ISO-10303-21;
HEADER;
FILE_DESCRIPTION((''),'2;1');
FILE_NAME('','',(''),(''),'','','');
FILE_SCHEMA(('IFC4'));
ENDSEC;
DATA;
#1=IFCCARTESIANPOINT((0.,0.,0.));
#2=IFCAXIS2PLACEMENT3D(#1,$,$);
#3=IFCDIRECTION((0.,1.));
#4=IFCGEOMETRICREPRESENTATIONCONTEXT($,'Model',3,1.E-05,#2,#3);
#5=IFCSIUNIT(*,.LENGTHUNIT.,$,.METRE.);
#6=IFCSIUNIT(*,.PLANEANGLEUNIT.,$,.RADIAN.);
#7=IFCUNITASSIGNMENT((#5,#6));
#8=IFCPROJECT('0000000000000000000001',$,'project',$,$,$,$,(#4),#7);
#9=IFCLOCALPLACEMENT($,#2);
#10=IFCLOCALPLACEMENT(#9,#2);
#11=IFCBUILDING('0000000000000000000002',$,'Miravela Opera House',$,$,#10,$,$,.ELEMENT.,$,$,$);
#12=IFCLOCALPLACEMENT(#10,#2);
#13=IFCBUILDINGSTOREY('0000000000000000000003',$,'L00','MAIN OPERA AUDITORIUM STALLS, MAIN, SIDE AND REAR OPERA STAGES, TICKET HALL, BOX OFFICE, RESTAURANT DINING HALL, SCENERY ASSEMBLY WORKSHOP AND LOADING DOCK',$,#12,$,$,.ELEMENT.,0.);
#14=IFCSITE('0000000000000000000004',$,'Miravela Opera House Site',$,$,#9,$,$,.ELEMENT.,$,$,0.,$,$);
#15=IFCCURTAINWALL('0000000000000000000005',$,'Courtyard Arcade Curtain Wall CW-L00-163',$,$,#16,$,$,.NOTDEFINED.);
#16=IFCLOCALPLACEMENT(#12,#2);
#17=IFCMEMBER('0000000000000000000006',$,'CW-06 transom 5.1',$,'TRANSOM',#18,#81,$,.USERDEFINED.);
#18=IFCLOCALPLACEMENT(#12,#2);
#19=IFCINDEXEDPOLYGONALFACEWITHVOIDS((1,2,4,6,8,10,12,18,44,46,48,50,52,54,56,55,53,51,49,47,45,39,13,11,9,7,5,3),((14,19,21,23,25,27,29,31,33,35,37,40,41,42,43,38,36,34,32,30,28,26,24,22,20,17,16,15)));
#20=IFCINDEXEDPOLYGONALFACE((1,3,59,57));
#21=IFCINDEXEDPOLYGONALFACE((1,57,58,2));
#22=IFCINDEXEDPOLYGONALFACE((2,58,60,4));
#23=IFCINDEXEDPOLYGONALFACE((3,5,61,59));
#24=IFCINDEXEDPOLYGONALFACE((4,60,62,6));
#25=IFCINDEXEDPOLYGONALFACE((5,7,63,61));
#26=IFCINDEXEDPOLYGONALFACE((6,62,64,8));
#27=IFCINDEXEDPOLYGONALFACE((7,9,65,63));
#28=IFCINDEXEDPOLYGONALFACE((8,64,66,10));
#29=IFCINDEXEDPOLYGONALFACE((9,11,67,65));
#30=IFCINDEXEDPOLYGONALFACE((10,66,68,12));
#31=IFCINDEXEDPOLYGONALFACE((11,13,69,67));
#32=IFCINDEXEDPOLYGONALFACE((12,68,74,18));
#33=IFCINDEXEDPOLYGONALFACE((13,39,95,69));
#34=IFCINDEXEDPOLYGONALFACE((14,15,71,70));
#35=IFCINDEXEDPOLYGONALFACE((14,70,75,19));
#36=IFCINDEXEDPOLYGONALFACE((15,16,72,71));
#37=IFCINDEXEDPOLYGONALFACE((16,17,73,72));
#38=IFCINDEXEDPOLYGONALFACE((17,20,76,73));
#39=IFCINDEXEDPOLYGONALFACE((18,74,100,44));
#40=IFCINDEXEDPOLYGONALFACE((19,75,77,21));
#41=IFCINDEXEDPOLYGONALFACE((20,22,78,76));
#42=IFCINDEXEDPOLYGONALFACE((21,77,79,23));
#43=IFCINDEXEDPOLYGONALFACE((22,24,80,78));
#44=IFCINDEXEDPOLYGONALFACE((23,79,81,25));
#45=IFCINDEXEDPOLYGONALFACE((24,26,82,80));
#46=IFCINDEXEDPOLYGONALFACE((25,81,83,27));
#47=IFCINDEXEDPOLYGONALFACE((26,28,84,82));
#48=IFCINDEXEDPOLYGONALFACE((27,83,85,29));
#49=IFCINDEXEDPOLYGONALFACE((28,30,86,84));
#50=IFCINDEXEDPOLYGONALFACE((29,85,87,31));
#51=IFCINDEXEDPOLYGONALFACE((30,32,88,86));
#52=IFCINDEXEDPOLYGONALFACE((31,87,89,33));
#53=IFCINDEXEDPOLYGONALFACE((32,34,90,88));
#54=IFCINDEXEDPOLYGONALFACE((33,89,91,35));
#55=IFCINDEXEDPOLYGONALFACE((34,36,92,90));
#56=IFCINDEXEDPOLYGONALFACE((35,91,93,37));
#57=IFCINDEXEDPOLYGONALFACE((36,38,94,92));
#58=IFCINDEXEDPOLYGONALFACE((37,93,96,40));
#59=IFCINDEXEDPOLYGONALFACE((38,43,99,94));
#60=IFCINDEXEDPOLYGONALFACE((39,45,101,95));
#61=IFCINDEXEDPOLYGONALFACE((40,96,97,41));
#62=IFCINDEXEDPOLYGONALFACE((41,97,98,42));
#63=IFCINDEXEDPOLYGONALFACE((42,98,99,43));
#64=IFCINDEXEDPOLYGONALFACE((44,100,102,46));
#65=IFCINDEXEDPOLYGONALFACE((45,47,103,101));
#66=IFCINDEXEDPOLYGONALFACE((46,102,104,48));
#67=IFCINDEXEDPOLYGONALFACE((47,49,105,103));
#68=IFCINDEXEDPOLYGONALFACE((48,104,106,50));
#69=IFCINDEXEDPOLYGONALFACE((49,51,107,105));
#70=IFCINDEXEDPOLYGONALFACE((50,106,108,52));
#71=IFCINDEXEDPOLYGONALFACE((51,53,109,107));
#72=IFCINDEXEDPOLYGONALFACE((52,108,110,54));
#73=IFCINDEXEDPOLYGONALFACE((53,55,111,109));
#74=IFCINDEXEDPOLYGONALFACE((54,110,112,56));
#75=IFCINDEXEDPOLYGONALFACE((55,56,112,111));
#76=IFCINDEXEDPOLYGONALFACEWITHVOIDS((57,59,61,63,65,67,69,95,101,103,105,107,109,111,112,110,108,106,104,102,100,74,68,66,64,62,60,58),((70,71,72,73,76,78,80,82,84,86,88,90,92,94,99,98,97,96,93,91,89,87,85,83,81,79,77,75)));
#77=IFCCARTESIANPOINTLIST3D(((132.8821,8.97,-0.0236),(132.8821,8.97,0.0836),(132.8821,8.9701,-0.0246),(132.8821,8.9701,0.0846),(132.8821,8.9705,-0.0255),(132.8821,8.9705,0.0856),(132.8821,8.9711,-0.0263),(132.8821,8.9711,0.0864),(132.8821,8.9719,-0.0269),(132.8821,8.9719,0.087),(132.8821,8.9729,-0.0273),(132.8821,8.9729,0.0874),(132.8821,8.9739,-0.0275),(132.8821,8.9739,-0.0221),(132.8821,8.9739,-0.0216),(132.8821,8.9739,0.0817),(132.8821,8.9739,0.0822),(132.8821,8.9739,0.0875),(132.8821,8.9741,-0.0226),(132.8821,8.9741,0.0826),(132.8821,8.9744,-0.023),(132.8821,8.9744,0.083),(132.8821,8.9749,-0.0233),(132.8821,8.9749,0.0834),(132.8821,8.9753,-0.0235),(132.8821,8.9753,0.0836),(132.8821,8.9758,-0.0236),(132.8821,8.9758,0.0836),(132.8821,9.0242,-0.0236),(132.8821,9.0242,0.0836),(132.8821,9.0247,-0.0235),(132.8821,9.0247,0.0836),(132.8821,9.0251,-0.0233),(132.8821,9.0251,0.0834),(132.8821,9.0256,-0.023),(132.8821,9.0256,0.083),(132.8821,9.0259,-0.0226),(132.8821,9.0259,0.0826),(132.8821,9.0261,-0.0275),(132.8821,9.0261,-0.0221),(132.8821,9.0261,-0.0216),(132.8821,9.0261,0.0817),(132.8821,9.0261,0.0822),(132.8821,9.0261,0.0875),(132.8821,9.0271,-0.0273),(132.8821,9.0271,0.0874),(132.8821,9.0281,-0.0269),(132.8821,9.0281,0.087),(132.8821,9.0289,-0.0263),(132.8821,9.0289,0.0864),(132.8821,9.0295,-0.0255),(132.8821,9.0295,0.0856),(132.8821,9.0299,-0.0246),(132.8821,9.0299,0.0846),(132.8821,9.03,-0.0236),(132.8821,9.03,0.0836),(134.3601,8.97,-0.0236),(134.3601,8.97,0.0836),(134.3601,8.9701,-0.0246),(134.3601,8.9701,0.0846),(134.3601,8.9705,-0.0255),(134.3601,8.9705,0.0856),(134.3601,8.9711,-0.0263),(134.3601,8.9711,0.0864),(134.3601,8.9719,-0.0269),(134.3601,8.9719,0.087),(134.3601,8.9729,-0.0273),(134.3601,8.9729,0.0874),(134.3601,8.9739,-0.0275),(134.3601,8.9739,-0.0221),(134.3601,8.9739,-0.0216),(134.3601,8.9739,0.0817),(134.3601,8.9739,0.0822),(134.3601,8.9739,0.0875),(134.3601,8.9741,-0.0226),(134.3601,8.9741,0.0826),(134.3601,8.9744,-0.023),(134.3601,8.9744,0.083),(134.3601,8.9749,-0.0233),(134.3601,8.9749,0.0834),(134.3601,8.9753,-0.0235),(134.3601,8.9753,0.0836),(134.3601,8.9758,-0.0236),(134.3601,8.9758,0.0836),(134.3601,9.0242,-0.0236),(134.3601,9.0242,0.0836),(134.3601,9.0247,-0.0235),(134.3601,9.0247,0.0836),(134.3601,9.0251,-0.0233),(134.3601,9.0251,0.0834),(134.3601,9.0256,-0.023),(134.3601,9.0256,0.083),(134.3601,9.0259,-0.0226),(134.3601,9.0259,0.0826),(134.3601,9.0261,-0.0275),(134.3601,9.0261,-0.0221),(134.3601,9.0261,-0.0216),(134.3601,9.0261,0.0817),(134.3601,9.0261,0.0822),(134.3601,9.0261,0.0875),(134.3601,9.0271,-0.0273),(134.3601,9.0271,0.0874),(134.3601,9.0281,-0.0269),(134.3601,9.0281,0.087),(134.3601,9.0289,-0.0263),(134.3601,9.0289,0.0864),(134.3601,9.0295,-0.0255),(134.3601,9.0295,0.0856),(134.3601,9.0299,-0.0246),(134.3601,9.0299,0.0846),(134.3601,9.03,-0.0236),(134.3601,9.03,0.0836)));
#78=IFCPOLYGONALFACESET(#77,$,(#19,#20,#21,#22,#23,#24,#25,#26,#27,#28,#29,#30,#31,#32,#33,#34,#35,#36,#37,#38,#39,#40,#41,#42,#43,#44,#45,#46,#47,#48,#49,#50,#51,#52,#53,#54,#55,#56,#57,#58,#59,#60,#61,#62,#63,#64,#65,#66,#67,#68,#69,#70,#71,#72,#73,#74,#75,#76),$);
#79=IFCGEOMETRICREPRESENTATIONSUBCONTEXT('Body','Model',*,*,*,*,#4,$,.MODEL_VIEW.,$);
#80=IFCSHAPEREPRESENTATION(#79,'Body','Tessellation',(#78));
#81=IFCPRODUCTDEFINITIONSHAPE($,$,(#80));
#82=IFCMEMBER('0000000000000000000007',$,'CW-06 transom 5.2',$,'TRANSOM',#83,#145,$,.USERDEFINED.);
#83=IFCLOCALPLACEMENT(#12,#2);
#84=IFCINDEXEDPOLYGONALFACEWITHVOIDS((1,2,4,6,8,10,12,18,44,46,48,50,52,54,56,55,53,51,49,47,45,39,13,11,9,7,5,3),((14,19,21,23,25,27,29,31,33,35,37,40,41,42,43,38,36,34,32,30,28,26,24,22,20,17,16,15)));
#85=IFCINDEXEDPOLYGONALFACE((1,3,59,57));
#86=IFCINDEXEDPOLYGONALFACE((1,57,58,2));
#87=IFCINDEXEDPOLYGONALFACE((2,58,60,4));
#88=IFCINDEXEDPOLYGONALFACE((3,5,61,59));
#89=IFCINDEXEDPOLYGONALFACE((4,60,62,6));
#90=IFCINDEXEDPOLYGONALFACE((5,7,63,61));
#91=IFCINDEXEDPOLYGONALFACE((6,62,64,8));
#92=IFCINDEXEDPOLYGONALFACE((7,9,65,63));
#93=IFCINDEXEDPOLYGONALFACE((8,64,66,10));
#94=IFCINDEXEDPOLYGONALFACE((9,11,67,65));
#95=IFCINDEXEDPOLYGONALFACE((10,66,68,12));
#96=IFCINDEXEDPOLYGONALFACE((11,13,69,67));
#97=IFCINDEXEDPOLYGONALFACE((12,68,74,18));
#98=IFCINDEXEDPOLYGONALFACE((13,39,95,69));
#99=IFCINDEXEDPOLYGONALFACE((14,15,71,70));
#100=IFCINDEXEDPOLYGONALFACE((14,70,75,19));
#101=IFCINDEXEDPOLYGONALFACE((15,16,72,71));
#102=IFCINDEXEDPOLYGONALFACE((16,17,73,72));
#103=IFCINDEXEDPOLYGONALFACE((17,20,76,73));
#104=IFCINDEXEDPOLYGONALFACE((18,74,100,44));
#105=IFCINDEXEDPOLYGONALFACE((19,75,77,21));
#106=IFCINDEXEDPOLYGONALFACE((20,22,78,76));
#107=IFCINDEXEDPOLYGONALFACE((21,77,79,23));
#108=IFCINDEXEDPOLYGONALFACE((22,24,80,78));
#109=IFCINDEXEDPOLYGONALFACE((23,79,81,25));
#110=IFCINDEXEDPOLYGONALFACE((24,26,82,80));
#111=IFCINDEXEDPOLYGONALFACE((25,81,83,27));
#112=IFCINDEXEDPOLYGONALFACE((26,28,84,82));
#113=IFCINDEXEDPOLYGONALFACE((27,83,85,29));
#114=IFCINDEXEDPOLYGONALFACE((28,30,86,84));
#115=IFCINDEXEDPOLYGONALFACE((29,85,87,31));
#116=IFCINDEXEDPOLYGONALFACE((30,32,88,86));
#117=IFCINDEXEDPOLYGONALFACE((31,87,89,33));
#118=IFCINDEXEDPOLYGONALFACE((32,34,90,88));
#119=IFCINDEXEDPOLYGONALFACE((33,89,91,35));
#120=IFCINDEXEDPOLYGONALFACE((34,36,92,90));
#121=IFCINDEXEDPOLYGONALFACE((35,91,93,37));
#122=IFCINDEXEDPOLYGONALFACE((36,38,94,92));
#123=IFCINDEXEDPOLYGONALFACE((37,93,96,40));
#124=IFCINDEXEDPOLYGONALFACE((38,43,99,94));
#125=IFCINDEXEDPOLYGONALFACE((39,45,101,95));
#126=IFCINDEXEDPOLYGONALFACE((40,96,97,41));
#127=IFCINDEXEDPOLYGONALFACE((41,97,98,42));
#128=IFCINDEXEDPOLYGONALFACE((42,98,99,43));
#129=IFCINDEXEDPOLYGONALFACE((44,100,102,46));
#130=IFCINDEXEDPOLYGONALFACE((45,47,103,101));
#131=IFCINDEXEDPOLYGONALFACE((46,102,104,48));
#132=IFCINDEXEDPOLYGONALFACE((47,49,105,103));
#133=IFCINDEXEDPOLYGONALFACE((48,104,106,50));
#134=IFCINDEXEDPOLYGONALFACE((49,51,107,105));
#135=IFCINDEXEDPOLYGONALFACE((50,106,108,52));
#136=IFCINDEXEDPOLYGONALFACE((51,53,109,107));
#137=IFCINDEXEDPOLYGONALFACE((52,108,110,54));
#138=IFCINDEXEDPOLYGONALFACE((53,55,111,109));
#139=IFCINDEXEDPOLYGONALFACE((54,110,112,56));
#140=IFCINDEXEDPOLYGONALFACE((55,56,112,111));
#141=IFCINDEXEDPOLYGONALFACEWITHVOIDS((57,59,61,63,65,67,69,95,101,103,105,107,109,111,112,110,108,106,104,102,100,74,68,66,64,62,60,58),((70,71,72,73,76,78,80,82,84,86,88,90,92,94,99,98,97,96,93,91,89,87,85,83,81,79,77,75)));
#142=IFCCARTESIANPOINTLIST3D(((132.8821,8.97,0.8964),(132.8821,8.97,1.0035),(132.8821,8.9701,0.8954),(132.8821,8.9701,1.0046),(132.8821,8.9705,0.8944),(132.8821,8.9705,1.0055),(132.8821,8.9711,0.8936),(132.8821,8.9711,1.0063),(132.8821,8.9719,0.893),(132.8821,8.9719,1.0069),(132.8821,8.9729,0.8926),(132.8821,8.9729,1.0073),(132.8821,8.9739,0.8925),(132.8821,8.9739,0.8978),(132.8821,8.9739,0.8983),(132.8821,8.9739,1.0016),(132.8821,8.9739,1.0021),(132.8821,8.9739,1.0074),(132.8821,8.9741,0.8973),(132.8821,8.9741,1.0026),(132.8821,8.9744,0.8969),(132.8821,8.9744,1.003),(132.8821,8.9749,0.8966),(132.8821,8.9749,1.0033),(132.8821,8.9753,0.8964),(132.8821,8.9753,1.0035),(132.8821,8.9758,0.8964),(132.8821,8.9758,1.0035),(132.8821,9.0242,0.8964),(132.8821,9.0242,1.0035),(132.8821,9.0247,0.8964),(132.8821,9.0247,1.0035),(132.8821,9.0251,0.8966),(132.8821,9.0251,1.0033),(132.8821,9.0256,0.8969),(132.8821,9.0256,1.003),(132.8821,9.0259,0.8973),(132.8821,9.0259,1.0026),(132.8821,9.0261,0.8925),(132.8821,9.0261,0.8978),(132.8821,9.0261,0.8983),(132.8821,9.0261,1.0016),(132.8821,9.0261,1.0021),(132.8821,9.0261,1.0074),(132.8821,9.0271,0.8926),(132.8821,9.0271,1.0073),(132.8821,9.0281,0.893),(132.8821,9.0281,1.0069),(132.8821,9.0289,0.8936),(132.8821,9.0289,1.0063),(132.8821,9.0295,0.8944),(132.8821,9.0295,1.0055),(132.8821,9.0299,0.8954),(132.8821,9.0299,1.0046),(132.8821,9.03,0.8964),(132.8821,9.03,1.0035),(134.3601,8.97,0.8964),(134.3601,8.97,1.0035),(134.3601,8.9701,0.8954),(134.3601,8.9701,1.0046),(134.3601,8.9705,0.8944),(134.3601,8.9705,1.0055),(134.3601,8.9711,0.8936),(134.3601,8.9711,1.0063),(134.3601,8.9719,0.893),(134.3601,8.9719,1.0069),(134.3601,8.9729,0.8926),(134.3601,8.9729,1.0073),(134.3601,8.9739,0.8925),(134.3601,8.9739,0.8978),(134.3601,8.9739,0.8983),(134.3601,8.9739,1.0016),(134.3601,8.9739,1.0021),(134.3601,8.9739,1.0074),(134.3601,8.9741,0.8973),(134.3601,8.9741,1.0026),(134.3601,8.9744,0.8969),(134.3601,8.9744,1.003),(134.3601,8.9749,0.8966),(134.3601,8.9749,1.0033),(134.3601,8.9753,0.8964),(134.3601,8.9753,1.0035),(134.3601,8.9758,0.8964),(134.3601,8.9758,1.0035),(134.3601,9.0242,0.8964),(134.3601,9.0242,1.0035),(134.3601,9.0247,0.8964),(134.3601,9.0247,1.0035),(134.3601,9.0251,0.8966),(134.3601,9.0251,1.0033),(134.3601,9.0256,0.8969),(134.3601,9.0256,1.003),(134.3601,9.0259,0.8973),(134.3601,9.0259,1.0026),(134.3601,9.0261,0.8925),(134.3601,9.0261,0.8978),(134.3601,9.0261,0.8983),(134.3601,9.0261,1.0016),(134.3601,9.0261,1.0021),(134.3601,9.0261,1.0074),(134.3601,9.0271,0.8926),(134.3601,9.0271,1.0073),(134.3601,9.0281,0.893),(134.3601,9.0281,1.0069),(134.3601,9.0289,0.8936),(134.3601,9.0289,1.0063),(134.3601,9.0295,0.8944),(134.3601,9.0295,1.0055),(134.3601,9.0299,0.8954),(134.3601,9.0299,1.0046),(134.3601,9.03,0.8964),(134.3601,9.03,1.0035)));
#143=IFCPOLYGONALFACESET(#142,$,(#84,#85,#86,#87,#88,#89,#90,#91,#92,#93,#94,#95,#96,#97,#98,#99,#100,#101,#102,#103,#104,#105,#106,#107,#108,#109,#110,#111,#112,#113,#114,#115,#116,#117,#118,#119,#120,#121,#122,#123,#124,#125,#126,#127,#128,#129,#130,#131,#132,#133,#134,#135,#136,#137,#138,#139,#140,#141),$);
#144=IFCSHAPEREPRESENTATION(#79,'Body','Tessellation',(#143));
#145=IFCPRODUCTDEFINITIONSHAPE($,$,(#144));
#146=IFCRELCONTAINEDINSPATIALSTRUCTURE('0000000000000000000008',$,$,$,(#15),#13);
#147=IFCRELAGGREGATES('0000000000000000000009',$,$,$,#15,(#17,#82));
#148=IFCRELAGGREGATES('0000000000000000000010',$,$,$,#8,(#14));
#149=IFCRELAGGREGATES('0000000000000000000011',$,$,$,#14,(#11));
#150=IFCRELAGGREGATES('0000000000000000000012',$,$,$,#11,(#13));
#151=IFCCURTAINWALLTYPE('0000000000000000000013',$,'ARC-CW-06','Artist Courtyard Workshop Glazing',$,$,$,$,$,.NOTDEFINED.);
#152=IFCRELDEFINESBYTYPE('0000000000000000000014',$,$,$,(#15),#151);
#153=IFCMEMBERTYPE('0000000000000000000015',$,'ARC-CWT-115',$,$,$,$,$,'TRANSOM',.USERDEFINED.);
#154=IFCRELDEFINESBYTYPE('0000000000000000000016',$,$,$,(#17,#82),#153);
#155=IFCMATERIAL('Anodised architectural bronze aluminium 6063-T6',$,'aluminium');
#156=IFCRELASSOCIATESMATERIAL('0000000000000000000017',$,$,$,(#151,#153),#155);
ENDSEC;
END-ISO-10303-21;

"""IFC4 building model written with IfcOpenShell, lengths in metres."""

from ifc_helpers import new_model, si_unit, direction, frame, origin, origin_2d, place, context, subcontext, project, spatial, hollow_rectangle, extrude, material, material_profile, profile_set, type_object, element, aggregate, save


model = new_model("IFC4")

# Units and contexts
model_context = context("Model", 3, precision=1e-05, world=origin(), true_north=direction((0.0, 1.0)))
body_context = subcontext(model_context, "Body", "Model", "MODEL_VIEW")
ifc_project = project(units=[si_unit("LENGTHUNIT", "METRE"), si_unit("PLANEANGLEUNIT", "RADIAN")], contexts=[model_context])

# Site, building, storey
site_placement = place(None, origin())
site = spatial("IfcSite", under=ifc_project, at=site_placement, Name="Miravela Opera House Site", CompositionType="ELEMENT", RefElevation=0.0)
building_placement = place(site_placement, origin())
building = spatial("IfcBuilding", under=site, at=building_placement, Name="Miravela Opera House", CompositionType="ELEMENT")
storey_placement = place(building_placement, origin())
storey = spatial("IfcBuildingStorey", under=building, at=storey_placement, Name="L00", Description="MAIN OPERA AUDITORIUM STALLS, MAIN, SIDE AND REAR OPERA STAGES, TICKET HALL, BOX OFFICE, RESTAURANT DINING HALL, SCENERY ASSEMBLY WORKSHOP AND LOADING DOCK", CompositionType="ELEMENT", Elevation=0.0)

# Shared definitions
ifc_material_1 = material(Name="Anodised architectural bronze aluminium 6063-T6", Category="aluminium")
curtain_wall_type = type_object("IfcCurtainWallType", Name="ARC-CW-06", Description="Artist Courtyard Workshop Glazing", PredefinedType="NOTDEFINED", material=ifc_material_1)

# Curtain wall
curtain_wall_1_placement = place(storey_placement, origin())
curtain_wall_1 = element("IfcCurtainWall", 1, at=curtain_wall_1_placement, inside=storey, type_object=curtain_wall_type, Name="Courtyard Arcade Curtain Wall CW-L00-163", PredefinedType="NOTDEFINED")

# Members
ifc_material_profile_1 = material_profile(ifc_material_1, hollow_rectangle(XDim=0.0601, YDim=0.115, WallThickness=0.0039, InnerFilletRadius=0.002, OuterFilletRadius=0.0039, at=origin_2d()), Name="CWT-60X115")
ifc_profile_set_1 = profile_set([ifc_material_profile_1])
member_type_1 = type_object("IfcMemberType", Name="ARC-CWT-115", ElementType="TRANSOM", PredefinedType="USERDEFINED", material=ifc_profile_set_1)
member_1_placement = place(storey_placement, frame((132.8821, 9.0, 0.03), z_axis=(1.0, 0.0, 0.0), x_axis=(0.0, 1.0, 0.0)))
member_1 = element("IfcMember", 2, at=member_1_placement, type_object=member_type_1, Name="CW-06 transom 5.1", ObjectType="TRANSOM", PredefinedType="USERDEFINED", context=body_context, shape_type="SweptSolid", body=[
    extrude(hollow_rectangle(XDim=0.0601, YDim=0.115, WallThickness=0.0039, InnerFilletRadius=0.002, OuterFilletRadius=0.0039, at=origin_2d()), origin(), (0.0, 0.0, 1.0), 1.478),
])
member_2_placement = place(storey_placement, frame((132.8821, 9.0, 0.95), z_axis=(1.0, 0.0, 0.0), x_axis=(0.0, 1.0, 0.0)))
member_2 = element("IfcMember", 3, at=member_2_placement, type_object=member_type_1, Name="CW-06 transom 5.2", ObjectType="TRANSOM", PredefinedType="USERDEFINED", context=body_context, shape_type="SweptSolid", body=[
    extrude(hollow_rectangle(XDim=0.0601, YDim=0.115, WallThickness=0.0039, InnerFilletRadius=0.002, OuterFilletRadius=0.0039, at=origin_2d()), origin(), (0.0, 0.0, 1.0), 1.478),
])

aggregate(curtain_wall_1, [member_1, member_2])

save(model, "model.ifc")
